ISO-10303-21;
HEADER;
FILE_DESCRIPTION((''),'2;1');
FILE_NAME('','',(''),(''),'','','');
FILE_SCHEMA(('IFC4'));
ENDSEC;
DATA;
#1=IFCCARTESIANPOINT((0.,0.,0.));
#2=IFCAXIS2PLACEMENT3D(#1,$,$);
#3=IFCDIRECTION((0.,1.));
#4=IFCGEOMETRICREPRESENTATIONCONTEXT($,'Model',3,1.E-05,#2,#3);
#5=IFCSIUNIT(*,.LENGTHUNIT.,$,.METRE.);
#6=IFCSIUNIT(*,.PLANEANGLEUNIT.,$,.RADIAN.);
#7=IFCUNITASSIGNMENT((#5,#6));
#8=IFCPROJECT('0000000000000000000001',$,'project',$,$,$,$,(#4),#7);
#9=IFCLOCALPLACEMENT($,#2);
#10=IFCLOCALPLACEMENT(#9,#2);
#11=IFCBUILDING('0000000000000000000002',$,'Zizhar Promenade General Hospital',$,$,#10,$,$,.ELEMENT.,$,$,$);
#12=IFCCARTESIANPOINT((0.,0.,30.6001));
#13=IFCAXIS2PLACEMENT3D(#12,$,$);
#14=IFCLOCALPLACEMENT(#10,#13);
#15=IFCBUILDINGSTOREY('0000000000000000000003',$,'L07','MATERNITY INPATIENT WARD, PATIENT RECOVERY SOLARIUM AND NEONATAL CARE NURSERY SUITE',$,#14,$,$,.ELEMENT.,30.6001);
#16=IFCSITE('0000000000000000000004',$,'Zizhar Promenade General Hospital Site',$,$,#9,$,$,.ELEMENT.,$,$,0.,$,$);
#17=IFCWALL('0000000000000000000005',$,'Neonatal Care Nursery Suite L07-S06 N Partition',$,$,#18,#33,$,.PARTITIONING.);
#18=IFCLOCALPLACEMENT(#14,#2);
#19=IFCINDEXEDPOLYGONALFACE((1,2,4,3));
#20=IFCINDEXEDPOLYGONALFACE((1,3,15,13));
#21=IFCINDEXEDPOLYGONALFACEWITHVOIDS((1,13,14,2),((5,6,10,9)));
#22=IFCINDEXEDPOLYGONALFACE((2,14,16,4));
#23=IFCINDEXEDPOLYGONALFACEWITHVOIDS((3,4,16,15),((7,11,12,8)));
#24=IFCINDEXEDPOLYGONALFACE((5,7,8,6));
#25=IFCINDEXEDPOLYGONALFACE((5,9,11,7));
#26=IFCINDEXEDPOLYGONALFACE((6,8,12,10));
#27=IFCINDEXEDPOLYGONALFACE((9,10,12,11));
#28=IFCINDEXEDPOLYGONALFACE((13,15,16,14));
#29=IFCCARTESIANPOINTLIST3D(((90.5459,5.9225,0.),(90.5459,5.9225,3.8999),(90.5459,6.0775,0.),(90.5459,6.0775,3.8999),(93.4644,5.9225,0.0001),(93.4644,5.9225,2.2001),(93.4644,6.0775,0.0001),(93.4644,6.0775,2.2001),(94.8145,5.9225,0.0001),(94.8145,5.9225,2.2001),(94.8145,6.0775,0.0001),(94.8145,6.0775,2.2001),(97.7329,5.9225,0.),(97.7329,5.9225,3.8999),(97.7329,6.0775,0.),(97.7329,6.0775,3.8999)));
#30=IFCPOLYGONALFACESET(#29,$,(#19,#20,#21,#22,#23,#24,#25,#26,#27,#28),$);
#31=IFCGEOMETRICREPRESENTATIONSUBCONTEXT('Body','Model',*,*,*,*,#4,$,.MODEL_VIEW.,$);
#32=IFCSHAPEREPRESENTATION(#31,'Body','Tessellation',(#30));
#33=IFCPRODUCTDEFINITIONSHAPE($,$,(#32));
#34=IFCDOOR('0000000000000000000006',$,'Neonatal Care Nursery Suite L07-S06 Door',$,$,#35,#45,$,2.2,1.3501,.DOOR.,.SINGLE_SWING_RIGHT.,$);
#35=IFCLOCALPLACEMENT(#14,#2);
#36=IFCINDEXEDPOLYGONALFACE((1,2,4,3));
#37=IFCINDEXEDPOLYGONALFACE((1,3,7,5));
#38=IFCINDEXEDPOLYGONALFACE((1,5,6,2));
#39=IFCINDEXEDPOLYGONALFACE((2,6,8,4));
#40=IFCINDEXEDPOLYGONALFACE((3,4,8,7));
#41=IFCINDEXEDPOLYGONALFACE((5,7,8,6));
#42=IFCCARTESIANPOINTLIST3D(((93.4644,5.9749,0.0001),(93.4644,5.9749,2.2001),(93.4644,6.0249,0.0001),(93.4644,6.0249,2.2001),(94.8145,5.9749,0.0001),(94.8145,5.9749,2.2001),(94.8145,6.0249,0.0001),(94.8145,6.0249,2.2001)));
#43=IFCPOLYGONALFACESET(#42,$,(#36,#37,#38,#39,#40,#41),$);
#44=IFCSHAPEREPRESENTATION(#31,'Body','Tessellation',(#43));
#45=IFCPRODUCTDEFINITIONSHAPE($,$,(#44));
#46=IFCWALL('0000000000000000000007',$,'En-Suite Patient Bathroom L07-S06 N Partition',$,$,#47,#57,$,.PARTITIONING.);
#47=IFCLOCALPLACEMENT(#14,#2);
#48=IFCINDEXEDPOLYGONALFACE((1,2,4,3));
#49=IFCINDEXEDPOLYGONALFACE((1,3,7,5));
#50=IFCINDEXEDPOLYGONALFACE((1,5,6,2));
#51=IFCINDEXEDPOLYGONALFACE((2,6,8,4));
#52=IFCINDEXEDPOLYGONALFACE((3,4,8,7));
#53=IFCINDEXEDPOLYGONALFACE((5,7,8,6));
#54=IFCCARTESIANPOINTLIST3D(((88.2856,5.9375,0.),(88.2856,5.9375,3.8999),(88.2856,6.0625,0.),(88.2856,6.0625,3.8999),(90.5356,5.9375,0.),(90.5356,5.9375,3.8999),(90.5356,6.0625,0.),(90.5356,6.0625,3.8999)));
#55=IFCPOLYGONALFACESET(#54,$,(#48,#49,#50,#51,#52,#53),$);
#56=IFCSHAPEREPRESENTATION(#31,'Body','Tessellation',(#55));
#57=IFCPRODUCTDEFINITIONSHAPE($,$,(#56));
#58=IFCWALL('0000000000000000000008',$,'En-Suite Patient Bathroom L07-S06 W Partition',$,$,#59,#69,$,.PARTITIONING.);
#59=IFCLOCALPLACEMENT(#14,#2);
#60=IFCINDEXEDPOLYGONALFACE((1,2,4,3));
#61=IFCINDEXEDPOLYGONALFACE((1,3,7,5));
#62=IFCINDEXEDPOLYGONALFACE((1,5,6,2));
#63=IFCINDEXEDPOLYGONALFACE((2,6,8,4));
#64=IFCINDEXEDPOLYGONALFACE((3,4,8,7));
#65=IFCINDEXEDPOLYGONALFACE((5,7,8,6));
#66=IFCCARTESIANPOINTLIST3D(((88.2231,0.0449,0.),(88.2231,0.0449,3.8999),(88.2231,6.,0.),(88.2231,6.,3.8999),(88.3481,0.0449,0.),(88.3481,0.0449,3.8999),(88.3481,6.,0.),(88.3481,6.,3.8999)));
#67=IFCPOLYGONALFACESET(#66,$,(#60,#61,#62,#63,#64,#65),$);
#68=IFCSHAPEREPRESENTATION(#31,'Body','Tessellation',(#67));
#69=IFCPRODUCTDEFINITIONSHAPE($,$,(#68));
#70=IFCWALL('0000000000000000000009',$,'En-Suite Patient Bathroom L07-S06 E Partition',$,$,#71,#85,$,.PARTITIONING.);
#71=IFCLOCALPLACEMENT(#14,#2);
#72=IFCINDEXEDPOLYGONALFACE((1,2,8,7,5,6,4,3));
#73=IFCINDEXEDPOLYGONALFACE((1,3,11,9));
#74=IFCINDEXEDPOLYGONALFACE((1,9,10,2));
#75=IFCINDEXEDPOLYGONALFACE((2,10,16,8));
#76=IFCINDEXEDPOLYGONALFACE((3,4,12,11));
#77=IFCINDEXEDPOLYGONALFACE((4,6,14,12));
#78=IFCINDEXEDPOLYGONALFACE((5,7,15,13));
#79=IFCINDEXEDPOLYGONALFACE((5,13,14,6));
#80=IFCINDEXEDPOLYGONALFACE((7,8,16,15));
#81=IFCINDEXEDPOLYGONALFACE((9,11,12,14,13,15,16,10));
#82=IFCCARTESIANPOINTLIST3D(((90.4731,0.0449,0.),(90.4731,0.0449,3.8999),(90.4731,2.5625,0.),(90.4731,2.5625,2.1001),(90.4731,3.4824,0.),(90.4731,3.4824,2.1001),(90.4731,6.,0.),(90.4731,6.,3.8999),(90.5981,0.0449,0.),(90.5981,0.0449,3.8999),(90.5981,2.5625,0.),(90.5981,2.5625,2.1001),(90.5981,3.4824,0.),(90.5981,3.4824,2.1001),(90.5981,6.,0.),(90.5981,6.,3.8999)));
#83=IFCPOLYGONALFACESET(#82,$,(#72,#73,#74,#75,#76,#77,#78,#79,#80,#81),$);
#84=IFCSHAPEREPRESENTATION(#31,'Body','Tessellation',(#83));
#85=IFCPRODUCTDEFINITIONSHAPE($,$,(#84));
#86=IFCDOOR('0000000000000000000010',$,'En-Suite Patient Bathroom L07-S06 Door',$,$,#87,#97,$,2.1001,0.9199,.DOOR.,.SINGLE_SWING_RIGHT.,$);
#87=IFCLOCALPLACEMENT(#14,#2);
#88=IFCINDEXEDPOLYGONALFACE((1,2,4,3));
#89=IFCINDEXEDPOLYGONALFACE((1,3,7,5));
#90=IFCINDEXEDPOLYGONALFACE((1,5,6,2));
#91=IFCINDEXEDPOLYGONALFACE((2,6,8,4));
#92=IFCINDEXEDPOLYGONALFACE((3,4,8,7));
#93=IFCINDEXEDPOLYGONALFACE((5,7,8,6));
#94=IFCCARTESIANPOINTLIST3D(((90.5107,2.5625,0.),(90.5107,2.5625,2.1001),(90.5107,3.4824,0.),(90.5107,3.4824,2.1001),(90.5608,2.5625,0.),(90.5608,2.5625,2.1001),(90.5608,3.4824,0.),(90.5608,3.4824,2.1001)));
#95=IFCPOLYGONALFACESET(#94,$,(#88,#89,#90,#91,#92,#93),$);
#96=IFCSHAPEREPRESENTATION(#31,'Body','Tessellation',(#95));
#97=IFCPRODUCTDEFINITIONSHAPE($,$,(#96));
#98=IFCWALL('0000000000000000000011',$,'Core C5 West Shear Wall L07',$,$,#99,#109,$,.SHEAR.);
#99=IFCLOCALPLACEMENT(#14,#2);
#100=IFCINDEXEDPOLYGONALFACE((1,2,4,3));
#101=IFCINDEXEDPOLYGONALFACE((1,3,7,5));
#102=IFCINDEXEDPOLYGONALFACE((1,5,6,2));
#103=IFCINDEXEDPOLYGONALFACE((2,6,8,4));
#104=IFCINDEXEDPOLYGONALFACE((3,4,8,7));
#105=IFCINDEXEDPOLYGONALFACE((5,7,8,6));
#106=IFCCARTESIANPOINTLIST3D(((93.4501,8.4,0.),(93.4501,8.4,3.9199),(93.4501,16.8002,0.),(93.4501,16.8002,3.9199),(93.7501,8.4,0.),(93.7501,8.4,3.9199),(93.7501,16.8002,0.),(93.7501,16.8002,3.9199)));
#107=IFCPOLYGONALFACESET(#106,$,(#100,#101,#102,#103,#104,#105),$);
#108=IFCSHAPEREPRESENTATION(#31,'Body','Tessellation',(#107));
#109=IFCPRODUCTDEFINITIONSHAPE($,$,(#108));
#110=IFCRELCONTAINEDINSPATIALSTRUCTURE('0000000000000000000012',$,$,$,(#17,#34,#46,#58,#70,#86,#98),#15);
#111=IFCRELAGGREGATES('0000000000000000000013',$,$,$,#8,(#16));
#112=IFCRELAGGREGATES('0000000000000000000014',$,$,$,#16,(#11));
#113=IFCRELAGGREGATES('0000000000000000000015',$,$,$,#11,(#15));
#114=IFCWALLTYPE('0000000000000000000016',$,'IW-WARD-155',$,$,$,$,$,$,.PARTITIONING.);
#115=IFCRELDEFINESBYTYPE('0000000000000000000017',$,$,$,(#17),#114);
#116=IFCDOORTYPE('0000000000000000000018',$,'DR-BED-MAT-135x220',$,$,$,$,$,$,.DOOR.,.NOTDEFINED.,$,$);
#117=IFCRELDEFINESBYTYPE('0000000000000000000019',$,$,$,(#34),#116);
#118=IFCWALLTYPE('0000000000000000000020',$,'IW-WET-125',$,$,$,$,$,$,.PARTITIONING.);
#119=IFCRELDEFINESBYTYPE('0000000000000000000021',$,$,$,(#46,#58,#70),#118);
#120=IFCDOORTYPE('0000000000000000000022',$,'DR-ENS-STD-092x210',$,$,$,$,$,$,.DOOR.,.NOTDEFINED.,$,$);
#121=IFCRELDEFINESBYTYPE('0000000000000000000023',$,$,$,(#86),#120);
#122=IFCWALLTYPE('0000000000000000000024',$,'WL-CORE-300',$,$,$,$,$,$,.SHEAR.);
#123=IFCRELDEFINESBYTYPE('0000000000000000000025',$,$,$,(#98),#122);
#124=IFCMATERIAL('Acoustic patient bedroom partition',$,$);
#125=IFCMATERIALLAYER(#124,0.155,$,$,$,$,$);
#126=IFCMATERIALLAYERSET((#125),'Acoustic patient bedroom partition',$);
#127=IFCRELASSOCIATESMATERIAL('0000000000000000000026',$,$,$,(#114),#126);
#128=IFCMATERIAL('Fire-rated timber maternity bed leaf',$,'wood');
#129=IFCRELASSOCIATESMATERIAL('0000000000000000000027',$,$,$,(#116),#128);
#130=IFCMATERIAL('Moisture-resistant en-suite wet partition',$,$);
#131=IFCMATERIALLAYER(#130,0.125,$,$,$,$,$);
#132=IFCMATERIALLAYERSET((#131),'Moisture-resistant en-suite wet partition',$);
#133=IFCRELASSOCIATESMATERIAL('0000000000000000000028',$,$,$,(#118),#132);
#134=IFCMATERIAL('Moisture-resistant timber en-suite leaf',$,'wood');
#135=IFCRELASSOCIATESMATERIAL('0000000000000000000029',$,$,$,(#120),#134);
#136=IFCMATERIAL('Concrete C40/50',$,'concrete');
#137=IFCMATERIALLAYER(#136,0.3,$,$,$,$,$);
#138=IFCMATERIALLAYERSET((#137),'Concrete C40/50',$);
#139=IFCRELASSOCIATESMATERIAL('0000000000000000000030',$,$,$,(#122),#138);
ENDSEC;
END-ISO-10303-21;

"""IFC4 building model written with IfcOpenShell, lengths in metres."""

from ifc_helpers import new_model, si_unit, direction, frame, frame_2d, origin, place, context, subcontext, project, spatial, rectangle, extrude, material, layer, layer_set, type_object, element, fill, save


model = new_model("IFC4")

# Units and contexts
model_context = context("Model", 3, precision=1e-05, world=origin(), true_north=direction((0.0, 1.0)))
body_context = subcontext(model_context, "Body", "Model", "MODEL_VIEW")
ifc_project = project(units=[si_unit("LENGTHUNIT", "METRE"), si_unit("PLANEANGLEUNIT", "RADIAN")], contexts=[model_context])

# Site, building, storey
site_placement = place(None, origin())
site = spatial("IfcSite", under=ifc_project, at=site_placement, Name="Zizhar Promenade General Hospital Site", CompositionType="ELEMENT", RefElevation=0.0)
building_placement = place(site_placement, origin())
building = spatial("IfcBuilding", under=site, at=building_placement, Name="Zizhar Promenade General Hospital", CompositionType="ELEMENT")
storey_placement = place(building_placement, frame((0.0, 0.0, 30.6001)))
storey = spatial("IfcBuildingStorey", under=building, at=storey_placement, Name="L07", Description="MATERNITY INPATIENT WARD, PATIENT RECOVERY SOLARIUM AND NEONATAL CARE NURSERY SUITE", CompositionType="ELEMENT", Elevation=30.6001)

# Wall, opening, door
ifc_material_1 = material(Name="Acoustic patient bedroom partition")
ifc_layer_1 = layer(ifc_material_1, 0.155)
ifc_layer_set_1 = layer_set([ifc_layer_1], Name="Acoustic patient bedroom partition")
wall_type_1 = type_object("IfcWallType", Name="IW-WARD-155", PredefinedType="PARTITIONING", material=ifc_layer_set_1)
wall_1_placement = place(storey_placement, frame((90.5459, 6.0, 0.0), z_axis=(0.0, 0.0, 1.0), x_axis=(1.0, 0.0, 0.0)))
wall_1 = element("IfcWall", 1, at=wall_1_placement, inside=storey, type_object=wall_type_1, Name="Neonatal Care Nursery Suite L07-S06 N Partition", PredefinedType="PARTITIONING", context=body_context, shape_type="SweptSolid", body=[
    extrude(rectangle(XDim=7.187, YDim=0.155, at=frame_2d((3.5935, 0.0))), origin(), (0.0, 0.0, 1.0), 3.8999),
])
opening_1_placement = place(wall_1_placement, frame((2.9185, 0.0, 0.0)))
opening_1 = element("IfcOpeningElement", 2, at=opening_1_placement, cuts=wall_1, PredefinedType="OPENING", context=body_context, shape_type="SweptSolid", body=[
    extrude(rectangle(XDim=1.3501, YDim=2.2, at=frame_2d((0.675, 1.1001))), frame((0.0, 0.0874, 0.0), z_axis=(0.0, -1.0, 0.0), x_axis=(1.0, 0.0, 0.0)), (0.0, 0.0, 1.0), 0.175),
])
ifc_material_2 = material(Name="Fire-rated timber maternity bed leaf", Category="wood")
door_type_1 = type_object("IfcDoorType", Name="DR-BED-MAT-135x220", OperationType="NOTDEFINED", PredefinedType="DOOR", material=ifc_material_2)
door_1_placement = place(opening_1_placement, origin())
door_1 = element("IfcDoor", 3, at=door_1_placement, inside=storey, type_object=door_type_1, Name="Neonatal Care Nursery Suite L07-S06 Door", OperationType="SINGLE_SWING_RIGHT", OverallHeight=2.2, OverallWidth=1.3501, PredefinedType="DOOR", context=body_context, shape_type="SweptSolid", body=[
    extrude(rectangle(XDim=1.3501, YDim=2.2, at=frame_2d((0.675, 1.1001))), frame((0.0, 0.0249, 0.0), z_axis=(0.0, -1.0, 0.0), x_axis=(1.0, 0.0, 0.0)), (0.0, 0.0, 1.0), 0.05),
])
fill(opening_1, door_1)

# Walls
ifc_material_3 = material(Name="Moisture-resistant en-suite wet partition")
ifc_layer_2 = layer(ifc_material_3, 0.125)
ifc_layer_set_2 = layer_set([ifc_layer_2], Name="Moisture-resistant en-suite wet partition")
wall_type_2 = type_object("IfcWallType", Name="IW-WET-125", PredefinedType="PARTITIONING", material=ifc_layer_set_2)
wall_2_placement = place(storey_placement, frame((88.2856, 6.0, 0.0), z_axis=(0.0, 0.0, 1.0), x_axis=(1.0, 0.0, 0.0)))
element("IfcWall", 4, at=wall_2_placement, inside=storey, type_object=wall_type_2, Name="En-Suite Patient Bathroom L07-S06 N Partition", PredefinedType="PARTITIONING", context=body_context, shape_type="SweptSolid", body=[
    extrude(rectangle(XDim=2.25, YDim=0.125, at=frame_2d((1.125, 0.0))), origin(), (0.0, 0.0, 1.0), 3.8999),
])
wall_3_placement = place(storey_placement, frame((88.2856, 0.0449, 0.0), z_axis=(0.0, 0.0, 1.0), x_axis=(0.0, 1.0, 0.0)))
element("IfcWall", 5, at=wall_3_placement, inside=storey, type_object=wall_type_2, Name="En-Suite Patient Bathroom L07-S06 W Partition", PredefinedType="PARTITIONING", context=body_context, shape_type="SweptSolid", body=[
    extrude(rectangle(XDim=5.9551, YDim=0.125, at=frame_2d((2.9775, 0.0))), origin(), (0.0, 0.0, 1.0), 3.8999),
])

# Wall, opening, door
wall_4_placement = place(storey_placement, frame((90.5356, 0.0449, 0.0), z_axis=(0.0, 0.0, 1.0), x_axis=(0.0, 1.0, 0.0)))
wall_4 = element("IfcWall", 6, at=wall_4_placement, inside=storey, type_object=wall_type_2, Name="En-Suite Patient Bathroom L07-S06 E Partition", PredefinedType="PARTITIONING", context=body_context, shape_type="SweptSolid", body=[
    extrude(rectangle(XDim=5.9551, YDim=0.125, at=frame_2d((2.9775, 0.0))), origin(), (0.0, 0.0, 1.0), 3.8999),
])
opening_2_placement = place(wall_4_placement, frame((2.5176, 0.0, 0.0)))
opening_2 = element("IfcOpeningElement", 7, at=opening_2_placement, cuts=wall_4, PredefinedType="OPENING", context=body_context, shape_type="SweptSolid", body=[
    extrude(rectangle(XDim=0.9199, YDim=2.1001, at=frame_2d((0.46, 1.05))), frame((0.0, 0.0725, 0.0), z_axis=(0.0, -1.0, 0.0), x_axis=(1.0, 0.0, 0.0)), (0.0, 0.0, 1.0), 0.145),
])
ifc_material_4 = material(Name="Moisture-resistant timber en-suite leaf", Category="wood")
door_type_2 = type_object("IfcDoorType", Name="DR-ENS-STD-092x210", OperationType="NOTDEFINED", PredefinedType="DOOR", material=ifc_material_4)
door_2_placement = place(opening_2_placement, origin())
door_2 = element("IfcDoor", 8, at=door_2_placement, inside=storey, type_object=door_type_2, Name="En-Suite Patient Bathroom L07-S06 Door", OperationType="SINGLE_SWING_RIGHT", OverallHeight=2.1001, OverallWidth=0.9199, PredefinedType="DOOR", context=body_context, shape_type="SweptSolid", body=[
    extrude(rectangle(XDim=0.9199, YDim=2.1001, at=frame_2d((0.46, 1.05))), frame((0.0, 0.0249, 0.0), z_axis=(0.0, -1.0, 0.0), x_axis=(1.0, 0.0, 0.0)), (0.0, 0.0, 1.0), 0.05),
])
fill(opening_2, door_2)

# Wall
ifc_material_5 = material(Name="Concrete C40/50", Category="concrete")
ifc_layer_3 = layer(ifc_material_5, 0.3)
ifc_layer_set_3 = layer_set([ifc_layer_3], Name="Concrete C40/50")
wall_type_3 = type_object("IfcWallType", Name="WL-CORE-300", PredefinedType="SHEAR", material=ifc_layer_set_3)
wall_5_placement = place(storey_placement, frame((93.6001, 8.3999, 0.0), z_axis=(0.0, 0.0, 1.0), x_axis=(0.0, 1.0, 0.0)))
element("IfcWall", 9, at=wall_5_placement, inside=storey, type_object=wall_type_3, Name="Core C5 West Shear Wall L07", PredefinedType="SHEAR", context=body_context, shape_type="SweptSolid", body=[
    extrude(rectangle(XDim=8.4001, YDim=0.3, at=frame_2d((4.2002, 0.0))), origin(), (0.0, 0.0, 1.0), 3.9199),
])

save(model, "model.ifc")
